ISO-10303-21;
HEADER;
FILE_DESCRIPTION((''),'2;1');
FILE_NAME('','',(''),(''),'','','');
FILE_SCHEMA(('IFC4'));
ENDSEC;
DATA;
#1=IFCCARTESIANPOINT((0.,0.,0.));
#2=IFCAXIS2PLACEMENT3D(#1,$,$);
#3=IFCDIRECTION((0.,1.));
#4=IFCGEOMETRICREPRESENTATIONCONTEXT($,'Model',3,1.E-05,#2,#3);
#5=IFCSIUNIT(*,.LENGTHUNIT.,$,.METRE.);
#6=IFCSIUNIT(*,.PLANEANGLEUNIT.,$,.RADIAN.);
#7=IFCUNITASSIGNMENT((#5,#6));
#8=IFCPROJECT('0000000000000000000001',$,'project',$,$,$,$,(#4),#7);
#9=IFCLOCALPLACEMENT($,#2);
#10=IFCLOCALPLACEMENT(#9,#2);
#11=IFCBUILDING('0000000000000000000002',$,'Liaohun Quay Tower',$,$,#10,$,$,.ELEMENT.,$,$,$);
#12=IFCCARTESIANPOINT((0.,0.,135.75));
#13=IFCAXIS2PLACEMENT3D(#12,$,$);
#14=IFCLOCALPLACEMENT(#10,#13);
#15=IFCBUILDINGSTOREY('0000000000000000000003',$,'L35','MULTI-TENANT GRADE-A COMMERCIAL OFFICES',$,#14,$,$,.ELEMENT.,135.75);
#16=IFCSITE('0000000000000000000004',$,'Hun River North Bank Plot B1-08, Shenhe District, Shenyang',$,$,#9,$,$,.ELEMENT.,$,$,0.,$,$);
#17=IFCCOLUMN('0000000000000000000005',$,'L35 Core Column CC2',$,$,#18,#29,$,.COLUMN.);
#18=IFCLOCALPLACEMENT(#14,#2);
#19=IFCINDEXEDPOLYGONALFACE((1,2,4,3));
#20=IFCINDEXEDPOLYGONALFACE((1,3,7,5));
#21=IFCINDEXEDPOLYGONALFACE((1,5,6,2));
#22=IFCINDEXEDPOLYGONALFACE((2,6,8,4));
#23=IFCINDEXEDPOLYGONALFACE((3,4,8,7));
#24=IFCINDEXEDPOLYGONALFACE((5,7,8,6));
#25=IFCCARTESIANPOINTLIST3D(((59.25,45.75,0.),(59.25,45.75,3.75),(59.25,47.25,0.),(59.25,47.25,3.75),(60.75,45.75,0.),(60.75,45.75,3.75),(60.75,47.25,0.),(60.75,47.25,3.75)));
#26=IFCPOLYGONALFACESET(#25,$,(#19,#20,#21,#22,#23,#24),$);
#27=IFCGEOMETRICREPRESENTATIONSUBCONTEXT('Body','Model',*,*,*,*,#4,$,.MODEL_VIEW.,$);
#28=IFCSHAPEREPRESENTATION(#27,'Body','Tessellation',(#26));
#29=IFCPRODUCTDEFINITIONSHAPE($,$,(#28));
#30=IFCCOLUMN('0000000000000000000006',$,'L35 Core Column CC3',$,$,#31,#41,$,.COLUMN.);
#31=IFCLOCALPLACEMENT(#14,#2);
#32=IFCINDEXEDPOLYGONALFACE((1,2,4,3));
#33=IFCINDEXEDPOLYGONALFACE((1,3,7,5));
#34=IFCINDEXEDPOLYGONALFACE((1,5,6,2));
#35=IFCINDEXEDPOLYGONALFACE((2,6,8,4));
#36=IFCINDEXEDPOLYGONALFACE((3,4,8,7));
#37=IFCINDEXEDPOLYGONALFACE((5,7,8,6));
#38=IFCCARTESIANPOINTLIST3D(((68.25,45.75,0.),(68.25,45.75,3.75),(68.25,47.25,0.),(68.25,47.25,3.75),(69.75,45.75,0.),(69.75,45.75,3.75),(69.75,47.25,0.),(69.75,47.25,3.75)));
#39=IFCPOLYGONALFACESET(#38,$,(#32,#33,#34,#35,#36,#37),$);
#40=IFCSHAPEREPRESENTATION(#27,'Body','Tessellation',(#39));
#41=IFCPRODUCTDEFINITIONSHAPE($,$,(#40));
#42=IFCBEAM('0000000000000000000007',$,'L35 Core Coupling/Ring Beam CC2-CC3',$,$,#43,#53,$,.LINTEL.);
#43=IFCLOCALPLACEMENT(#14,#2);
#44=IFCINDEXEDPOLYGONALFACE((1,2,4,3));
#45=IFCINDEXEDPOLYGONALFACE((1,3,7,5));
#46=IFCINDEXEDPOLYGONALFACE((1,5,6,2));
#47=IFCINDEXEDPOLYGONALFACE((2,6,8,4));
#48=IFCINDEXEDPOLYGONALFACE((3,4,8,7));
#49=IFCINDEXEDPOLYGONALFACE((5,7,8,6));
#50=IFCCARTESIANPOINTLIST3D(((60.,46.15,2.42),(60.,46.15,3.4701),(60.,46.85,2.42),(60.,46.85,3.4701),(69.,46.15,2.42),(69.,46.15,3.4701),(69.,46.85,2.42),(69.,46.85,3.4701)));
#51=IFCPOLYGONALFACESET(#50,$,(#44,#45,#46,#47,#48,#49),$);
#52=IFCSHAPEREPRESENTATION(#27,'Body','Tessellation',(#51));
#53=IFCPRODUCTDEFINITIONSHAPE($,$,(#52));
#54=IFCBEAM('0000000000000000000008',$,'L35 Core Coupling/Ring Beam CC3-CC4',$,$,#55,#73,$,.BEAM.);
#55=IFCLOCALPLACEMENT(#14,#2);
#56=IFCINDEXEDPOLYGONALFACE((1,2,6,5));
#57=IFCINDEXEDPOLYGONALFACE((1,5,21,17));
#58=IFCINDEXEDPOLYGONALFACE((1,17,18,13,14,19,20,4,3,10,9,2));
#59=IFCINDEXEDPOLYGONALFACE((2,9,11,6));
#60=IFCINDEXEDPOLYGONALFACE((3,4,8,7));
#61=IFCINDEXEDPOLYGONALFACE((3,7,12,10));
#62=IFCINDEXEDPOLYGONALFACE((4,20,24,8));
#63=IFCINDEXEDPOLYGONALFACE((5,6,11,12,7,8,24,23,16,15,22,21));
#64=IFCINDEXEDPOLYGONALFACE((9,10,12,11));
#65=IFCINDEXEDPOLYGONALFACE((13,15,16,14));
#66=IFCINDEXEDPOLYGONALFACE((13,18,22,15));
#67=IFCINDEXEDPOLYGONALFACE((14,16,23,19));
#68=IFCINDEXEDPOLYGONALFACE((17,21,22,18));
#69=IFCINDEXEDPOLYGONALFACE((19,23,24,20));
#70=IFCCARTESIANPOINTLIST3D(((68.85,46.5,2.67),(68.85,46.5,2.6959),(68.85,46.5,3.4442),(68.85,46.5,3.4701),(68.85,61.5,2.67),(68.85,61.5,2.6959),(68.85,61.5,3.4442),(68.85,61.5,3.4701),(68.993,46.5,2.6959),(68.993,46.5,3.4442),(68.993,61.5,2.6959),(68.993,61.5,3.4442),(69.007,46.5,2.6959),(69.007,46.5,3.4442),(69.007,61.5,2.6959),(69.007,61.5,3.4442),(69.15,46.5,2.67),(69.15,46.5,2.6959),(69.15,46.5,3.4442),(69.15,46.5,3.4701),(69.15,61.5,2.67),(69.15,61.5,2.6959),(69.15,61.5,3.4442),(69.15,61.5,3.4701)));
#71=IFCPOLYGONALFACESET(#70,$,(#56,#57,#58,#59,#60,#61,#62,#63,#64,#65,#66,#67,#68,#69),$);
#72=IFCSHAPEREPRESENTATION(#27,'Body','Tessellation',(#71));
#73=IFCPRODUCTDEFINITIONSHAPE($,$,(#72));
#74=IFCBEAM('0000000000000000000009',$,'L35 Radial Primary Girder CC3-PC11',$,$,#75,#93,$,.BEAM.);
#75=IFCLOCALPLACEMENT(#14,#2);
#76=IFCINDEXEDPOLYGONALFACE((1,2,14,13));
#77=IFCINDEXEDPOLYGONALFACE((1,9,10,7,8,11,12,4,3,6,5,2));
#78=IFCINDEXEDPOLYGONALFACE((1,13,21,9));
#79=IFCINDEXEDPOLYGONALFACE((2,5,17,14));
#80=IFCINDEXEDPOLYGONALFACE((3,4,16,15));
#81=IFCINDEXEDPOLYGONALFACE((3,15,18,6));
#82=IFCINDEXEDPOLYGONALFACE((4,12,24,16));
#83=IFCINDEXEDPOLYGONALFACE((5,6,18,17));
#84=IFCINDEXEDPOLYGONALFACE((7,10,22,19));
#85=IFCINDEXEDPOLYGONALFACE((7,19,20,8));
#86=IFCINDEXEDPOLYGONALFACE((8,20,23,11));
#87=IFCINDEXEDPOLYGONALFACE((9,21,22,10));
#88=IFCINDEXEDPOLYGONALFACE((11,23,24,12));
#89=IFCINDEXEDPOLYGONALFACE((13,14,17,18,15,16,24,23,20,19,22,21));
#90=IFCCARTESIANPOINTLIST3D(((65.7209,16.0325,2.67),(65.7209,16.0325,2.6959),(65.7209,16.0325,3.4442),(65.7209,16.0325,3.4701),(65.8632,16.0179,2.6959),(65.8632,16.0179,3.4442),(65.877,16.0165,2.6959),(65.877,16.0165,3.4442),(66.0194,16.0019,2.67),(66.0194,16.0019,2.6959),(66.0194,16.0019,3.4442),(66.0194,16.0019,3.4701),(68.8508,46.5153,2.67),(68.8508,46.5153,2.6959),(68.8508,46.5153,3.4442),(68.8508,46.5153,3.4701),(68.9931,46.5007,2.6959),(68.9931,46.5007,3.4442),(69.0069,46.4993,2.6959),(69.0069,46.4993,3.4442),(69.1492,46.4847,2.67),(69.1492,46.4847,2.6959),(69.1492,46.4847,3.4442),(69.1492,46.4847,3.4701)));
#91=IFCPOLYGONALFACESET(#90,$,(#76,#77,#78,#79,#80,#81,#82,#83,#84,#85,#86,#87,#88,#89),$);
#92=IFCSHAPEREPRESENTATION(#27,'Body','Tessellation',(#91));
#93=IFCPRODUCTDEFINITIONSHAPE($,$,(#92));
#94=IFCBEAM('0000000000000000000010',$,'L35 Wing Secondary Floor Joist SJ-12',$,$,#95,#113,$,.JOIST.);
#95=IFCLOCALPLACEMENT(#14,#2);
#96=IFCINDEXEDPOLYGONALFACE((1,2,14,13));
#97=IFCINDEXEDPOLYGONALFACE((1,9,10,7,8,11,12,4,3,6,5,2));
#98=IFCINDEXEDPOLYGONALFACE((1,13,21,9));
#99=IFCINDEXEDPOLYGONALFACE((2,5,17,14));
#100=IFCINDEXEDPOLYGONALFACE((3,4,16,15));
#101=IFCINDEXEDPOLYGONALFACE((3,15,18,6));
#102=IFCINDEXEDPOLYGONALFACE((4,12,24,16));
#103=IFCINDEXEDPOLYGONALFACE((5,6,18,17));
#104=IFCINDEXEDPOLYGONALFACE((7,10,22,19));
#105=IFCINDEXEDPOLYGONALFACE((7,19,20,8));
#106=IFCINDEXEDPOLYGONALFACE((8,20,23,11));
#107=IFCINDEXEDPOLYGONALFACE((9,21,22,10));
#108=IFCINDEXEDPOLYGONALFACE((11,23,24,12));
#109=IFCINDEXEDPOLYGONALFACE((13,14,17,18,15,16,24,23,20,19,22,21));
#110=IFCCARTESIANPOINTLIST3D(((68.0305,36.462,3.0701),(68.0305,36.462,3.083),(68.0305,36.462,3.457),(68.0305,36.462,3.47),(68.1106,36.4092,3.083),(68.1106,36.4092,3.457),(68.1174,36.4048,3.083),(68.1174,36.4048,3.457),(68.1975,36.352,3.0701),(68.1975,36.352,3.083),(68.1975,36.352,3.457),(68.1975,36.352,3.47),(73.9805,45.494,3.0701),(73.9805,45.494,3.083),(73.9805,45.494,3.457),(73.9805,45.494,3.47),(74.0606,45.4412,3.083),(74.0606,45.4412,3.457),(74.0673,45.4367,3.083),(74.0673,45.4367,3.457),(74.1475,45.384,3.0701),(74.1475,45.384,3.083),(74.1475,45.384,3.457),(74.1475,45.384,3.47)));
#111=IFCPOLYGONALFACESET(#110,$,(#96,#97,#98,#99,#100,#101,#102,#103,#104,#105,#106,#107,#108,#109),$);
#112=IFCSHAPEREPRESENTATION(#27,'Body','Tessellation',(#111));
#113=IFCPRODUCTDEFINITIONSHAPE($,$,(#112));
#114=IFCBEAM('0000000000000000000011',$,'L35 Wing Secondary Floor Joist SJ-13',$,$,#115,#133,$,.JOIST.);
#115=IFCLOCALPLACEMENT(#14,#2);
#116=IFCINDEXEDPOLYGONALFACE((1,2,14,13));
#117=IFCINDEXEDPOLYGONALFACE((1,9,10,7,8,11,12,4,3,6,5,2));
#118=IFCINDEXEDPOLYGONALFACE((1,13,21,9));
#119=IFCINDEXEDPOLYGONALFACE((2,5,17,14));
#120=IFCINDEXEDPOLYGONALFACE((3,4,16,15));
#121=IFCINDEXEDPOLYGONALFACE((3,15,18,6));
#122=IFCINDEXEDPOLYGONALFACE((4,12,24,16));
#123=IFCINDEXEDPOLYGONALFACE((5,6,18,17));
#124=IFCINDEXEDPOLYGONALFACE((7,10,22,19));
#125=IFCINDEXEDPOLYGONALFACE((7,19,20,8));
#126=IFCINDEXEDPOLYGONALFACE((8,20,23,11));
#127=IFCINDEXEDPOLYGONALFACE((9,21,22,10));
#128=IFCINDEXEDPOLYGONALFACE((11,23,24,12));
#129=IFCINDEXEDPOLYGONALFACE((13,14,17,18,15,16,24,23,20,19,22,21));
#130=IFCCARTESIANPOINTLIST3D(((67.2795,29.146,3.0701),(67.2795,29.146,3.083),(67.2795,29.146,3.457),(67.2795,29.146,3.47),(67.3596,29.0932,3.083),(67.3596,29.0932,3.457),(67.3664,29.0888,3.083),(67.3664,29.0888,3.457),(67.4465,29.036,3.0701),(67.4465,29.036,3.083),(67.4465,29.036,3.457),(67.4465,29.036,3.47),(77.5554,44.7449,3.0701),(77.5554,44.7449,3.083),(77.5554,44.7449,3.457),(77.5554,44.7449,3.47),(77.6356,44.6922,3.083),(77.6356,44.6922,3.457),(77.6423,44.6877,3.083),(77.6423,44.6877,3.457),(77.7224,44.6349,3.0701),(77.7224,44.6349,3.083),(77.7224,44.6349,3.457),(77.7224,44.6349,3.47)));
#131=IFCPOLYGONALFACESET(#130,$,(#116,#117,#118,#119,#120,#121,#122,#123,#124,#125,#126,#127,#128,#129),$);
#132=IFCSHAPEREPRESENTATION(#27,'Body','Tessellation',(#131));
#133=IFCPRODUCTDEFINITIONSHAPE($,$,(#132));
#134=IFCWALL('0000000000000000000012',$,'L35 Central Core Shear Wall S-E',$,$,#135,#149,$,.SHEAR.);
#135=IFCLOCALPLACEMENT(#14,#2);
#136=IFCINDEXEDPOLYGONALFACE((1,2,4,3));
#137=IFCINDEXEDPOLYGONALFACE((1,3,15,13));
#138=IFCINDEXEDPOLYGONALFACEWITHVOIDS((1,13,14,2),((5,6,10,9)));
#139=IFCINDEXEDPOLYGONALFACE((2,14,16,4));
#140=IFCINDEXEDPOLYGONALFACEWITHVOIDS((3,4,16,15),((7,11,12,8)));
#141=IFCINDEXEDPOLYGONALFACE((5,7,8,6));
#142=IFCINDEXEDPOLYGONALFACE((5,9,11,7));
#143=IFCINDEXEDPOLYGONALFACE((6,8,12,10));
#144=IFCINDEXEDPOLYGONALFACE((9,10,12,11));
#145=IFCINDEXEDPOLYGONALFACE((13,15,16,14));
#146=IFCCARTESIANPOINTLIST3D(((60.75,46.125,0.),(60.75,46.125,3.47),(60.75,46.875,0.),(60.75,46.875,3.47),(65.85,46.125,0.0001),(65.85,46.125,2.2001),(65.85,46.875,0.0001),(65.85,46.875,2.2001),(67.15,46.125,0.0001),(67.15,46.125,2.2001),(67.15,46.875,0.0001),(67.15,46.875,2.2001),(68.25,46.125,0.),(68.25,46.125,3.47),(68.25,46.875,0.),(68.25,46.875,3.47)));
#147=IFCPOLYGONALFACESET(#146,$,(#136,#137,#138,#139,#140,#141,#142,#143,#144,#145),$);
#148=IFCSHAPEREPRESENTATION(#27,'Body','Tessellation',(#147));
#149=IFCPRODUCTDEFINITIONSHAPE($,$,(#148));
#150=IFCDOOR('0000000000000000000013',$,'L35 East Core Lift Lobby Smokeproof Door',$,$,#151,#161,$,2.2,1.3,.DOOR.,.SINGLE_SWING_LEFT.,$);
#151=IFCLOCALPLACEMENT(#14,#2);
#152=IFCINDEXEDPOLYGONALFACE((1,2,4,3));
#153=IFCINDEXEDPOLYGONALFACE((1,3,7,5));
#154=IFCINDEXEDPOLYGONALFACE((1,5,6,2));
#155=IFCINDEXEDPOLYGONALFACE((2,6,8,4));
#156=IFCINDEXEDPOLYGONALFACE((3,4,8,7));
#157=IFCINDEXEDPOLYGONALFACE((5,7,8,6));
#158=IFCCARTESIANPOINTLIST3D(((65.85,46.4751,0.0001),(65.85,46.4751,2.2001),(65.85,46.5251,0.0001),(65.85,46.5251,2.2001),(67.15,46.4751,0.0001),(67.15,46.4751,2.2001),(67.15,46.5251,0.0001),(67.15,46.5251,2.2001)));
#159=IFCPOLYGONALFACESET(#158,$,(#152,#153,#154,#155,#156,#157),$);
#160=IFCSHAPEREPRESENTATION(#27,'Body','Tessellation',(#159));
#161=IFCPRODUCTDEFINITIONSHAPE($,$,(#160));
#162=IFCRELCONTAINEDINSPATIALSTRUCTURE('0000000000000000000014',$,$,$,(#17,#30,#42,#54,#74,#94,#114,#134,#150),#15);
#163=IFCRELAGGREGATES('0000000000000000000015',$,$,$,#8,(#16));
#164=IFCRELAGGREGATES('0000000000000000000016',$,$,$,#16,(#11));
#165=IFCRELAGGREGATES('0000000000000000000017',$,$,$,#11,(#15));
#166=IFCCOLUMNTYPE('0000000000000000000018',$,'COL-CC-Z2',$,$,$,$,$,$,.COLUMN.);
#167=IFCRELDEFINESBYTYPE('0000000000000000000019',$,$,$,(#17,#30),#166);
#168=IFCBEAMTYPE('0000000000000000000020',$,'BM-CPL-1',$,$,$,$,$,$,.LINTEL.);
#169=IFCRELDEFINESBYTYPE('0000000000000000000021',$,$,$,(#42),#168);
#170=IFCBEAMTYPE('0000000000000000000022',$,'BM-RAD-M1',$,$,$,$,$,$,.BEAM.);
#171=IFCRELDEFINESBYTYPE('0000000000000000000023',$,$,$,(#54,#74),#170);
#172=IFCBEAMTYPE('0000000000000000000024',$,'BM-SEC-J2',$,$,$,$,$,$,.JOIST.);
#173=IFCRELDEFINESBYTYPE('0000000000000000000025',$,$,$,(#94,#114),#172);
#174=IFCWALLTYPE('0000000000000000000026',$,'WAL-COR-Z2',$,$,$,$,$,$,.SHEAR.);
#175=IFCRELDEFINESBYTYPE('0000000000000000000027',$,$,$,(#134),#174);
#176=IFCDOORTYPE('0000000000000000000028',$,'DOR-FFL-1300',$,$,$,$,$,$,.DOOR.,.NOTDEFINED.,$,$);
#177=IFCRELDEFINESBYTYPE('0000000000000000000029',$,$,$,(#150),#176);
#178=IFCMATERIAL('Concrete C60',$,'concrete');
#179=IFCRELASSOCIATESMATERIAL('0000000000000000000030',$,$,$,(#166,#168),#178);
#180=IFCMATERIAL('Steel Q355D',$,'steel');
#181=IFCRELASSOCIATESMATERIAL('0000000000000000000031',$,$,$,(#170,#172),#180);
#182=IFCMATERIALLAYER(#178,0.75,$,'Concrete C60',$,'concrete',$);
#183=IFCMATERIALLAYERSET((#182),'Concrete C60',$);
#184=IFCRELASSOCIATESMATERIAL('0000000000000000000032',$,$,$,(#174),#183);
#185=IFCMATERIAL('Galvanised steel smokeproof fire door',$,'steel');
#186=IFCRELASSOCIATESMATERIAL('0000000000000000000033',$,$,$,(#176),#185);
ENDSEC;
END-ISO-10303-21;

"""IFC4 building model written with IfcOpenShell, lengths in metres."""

from ifc_helpers import new_model, si_unit, direction, frame, frame_2d, origin, origin_2d, place, context, subcontext, project, spatial, rectangle, i_section, extrude, source, transform, mapped, material, layer, layer_set, material_profile, profile_set, type_object, element, fill, save


model = new_model("IFC4")

# Units and contexts
model_context = context("Model", 3, precision=1e-05, world=origin(), true_north=direction((0.0, 1.0)))
body_context = subcontext(model_context, "Body", "Model", "MODEL_VIEW")
ifc_project = project(units=[si_unit("LENGTHUNIT", "METRE"), si_unit("PLANEANGLEUNIT", "RADIAN")], contexts=[model_context])

# Site, building, storey
site_placement = place(None, origin())
site = spatial("IfcSite", under=ifc_project, at=site_placement, Name="Hun River North Bank Plot B1-08, Shenhe District, Shenyang", CompositionType="ELEMENT", RefElevation=0.0)
building_placement = place(site_placement, origin())
building = spatial("IfcBuilding", under=site, at=building_placement, Name="Liaohun Quay Tower", CompositionType="ELEMENT")
storey_placement = place(building_placement, frame((0.0, 0.0, 135.75)))
storey = spatial("IfcBuildingStorey", under=building, at=storey_placement, Name="L35", Description="MULTI-TENANT GRADE-A COMMERCIAL OFFICES", CompositionType="ELEMENT", Elevation=135.75)

# Columns
ifc_material_1 = material(Name="Concrete C60", Category="concrete")
ifc_material_profile_1 = material_profile(ifc_material_1, rectangle(XDim=1.5, YDim=1.5, at=origin_2d()), Name="RC1500x1500")
ifc_profile_set_1 = profile_set([ifc_material_profile_1], Name="Concrete C60")
column_type = type_object("IfcColumnType", Name="COL-CC-Z2", PredefinedType="COLUMN", material=ifc_profile_set_1)
shared_shape_1 = source(origin(), body_context, "Body", "SweptSolid", [
    extrude(rectangle(XDim=1.5, YDim=1.5, at=origin_2d()), origin(), (0.0, 0.0, 1.0), 3.75),
])
for number, where, z_axis, x_axis, name in (
    (1, (60.0, 46.5, 0.0), (0.0, 0.0, 1.0), (1.0, 0.0, 0.0), "L35 Core Column CC2"),
    (2, (69.0, 46.5, 0.0), (0.0, 0.0, 1.0), (1.0, 0.0, 0.0), "L35 Core Column CC3"),
):
    element("IfcColumn", number, at=place(storey_placement, frame(where, z_axis=z_axis, x_axis=x_axis)), inside=storey, type_object=column_type, Name=name, PredefinedType="COLUMN", context=body_context, shape_type="MappedRepresentation", body=[
        mapped(shared_shape_1, transform((0.0, 0.0, 0.0), x_axis=(1.0, 0.0, 0.0), y_axis=(0.0, 1.0, 0.0), z_axis=(0.0, 0.0, 1.0), scale=1.0)),
    ])

# Beams
ifc_material_profile_2 = material_profile(ifc_material_1, rectangle(XDim=0.7, YDim=1.05, at=origin_2d()), Name="RC700x1050")
ifc_profile_set_2 = profile_set([ifc_material_profile_2], Name="Concrete C60")
beam_type_1 = type_object("IfcBeamType", Name="BM-CPL-1", PredefinedType="LINTEL", material=ifc_profile_set_2)
shared_shape_2 = source(origin(), body_context, "Body", "SweptSolid", [
    extrude(rectangle(XDim=0.7, YDim=1.05, at=origin_2d()), origin(), (0.0, 0.0, 1.0), 9.0),
])
beam_1_placement = place(storey_placement, frame((60.0, 46.5, 2.9451), z_axis=(1.0, 0.0, 0.0), x_axis=(0.0, 1.0, 0.0)))
element("IfcBeam", 3, at=beam_1_placement, inside=storey, type_object=beam_type_1, Name="L35 Core Coupling/Ring Beam CC2-CC3", PredefinedType="LINTEL", context=body_context, shape_type="MappedRepresentation", body=[
    mapped(shared_shape_2, transform((0.0, 0.0, 0.0), x_axis=(1.0, 0.0, 0.0), y_axis=(0.0, 1.0, 0.0), z_axis=(0.0, 0.0, 1.0), scale=1.0)),
])
ifc_material_2 = material(Name="Steel Q355D", Category="steel")
ifc_material_profile_3 = material_profile(ifc_material_2, i_section(OverallWidth=0.3, OverallDepth=0.8, WebThickness=0.0139, FlangeThickness=0.0259, at=origin_2d()), Name="HN800x300x14x26")
ifc_profile_set_3 = profile_set([ifc_material_profile_3], Name="Steel Q355D")
beam_type_2 = type_object("IfcBeamType", Name="BM-RAD-M1", PredefinedType="BEAM", material=ifc_profile_set_3)
shared_shape_3 = source(origin(), body_context, "Body", "SweptSolid", [
    extrude(i_section(OverallWidth=0.3, OverallDepth=0.8, WebThickness=0.0139, FlangeThickness=0.0259, at=origin_2d()), origin(), (0.0, 0.0, 1.0), 15.0),
])
beam_2_placement = place(storey_placement, frame((69.0, 46.5, 3.0701), z_axis=(0.0, 1.0, 0.0), x_axis=(-1.0, 0.0, 0.0)))
element("IfcBeam", 4, at=beam_2_placement, inside=storey, type_object=beam_type_2, Name="L35 Core Coupling/Ring Beam CC3-CC4", PredefinedType="BEAM", context=body_context, shape_type="MappedRepresentation", body=[
    mapped(shared_shape_3, transform((0.0, 0.0, 0.0), x_axis=(1.0, 0.0, 0.0), y_axis=(0.0, 1.0, 0.0), z_axis=(0.0, 0.0, 1.0), scale=1.0)),
])
shared_shape_4 = source(origin(), body_context, "Body", "SweptSolid", [
    extrude(i_section(OverallWidth=0.3, OverallDepth=0.8, WebThickness=0.0139, FlangeThickness=0.0259, at=origin_2d()), origin(), (0.0, 0.0, 1.0), 30.6431),
])
beam_3_placement = place(storey_placement, frame((69.0, 46.5, 3.0701), z_axis=(-0.10214, -0.99477, 0.0), x_axis=(0.99477, -0.10214, 0.0)))
element("IfcBeam", 5, at=beam_3_placement, inside=storey, type_object=beam_type_2, Name="L35 Radial Primary Girder CC3-PC11", PredefinedType="BEAM", context=body_context, shape_type="MappedRepresentation", body=[
    mapped(shared_shape_4, transform((0.0, 0.0, 0.0), x_axis=(1.0, 0.0, 0.0), y_axis=(0.0, 1.0, 0.0), z_axis=(0.0, 0.0, 1.0), scale=1.0)),
])
ifc_material_profile_4 = material_profile(ifc_material_2, i_section(OverallWidth=0.2, OverallDepth=0.3999, WebThickness=0.0081, FlangeThickness=0.0129, at=origin_2d()), Name="HN400x200x8x13")
ifc_profile_set_4 = profile_set([ifc_material_profile_4], Name="Steel Q355D")
beam_type_3 = type_object("IfcBeamType", Name="BM-SEC-J2", PredefinedType="JOIST", material=ifc_profile_set_4)
shared_shape_5 = source(origin(), body_context, "Body", "SweptSolid", [
    extrude(i_section(OverallWidth=0.2, OverallDepth=0.3999, WebThickness=0.0081, FlangeThickness=0.0129, at=origin_2d()), origin(), (0.0, 0.0, 1.0), 10.8157),
])
beam_4_placement = place(storey_placement, frame((74.064, 45.439, 3.27), z_axis=(-0.550123, -0.835083, 0.0), x_axis=(0.835083, -0.550123, 0.0)))
element("IfcBeam", 6, at=beam_4_placement, inside=storey, type_object=beam_type_3, Name="L35 Wing Secondary Floor Joist SJ-12", PredefinedType="JOIST", context=body_context, shape_type="MappedRepresentation", body=[
    mapped(shared_shape_5, transform((0.0, 0.0, 0.0), x_axis=(1.0, 0.0, 0.0), y_axis=(0.0, 1.0, 0.0), z_axis=(0.0, 0.0, 1.0), scale=1.0)),
])
shared_shape_6 = source(origin(), body_context, "Body", "SweptSolid", [
    extrude(i_section(OverallWidth=0.2, OverallDepth=0.3999, WebThickness=0.0081, FlangeThickness=0.0129, at=origin_2d()), origin(), (0.0, 0.0, 1.0), 18.6794),
])
beam_5_placement = place(storey_placement, frame((77.6389, 44.6899, 3.27), z_axis=(-0.550119, -0.835086, 0.0), x_axis=(0.835086, -0.550119, 0.0)))
element("IfcBeam", 7, at=beam_5_placement, inside=storey, type_object=beam_type_3, Name="L35 Wing Secondary Floor Joist SJ-13", PredefinedType="JOIST", context=body_context, shape_type="MappedRepresentation", body=[
    mapped(shared_shape_6, transform((0.0, 0.0, 0.0), x_axis=(1.0, 0.0, 0.0), y_axis=(0.0, 1.0, 0.0), z_axis=(0.0, 0.0, 1.0), scale=1.0)),
])

# Wall, opening, door
ifc_layer_1 = layer(ifc_material_1, 0.75, Name="Concrete C60", Category="concrete")
ifc_layer_set_1 = layer_set([ifc_layer_1], Name="Concrete C60")
wall_type_1 = type_object("IfcWallType", Name="WAL-COR-Z2", PredefinedType="SHEAR", material=ifc_layer_set_1)
wall_1_placement = place(storey_placement, frame((68.25, 46.5, 0.0), z_axis=(0.0, 0.0, 1.0), x_axis=(-1.0, 0.0, 0.0)))
wall_1 = element("IfcWall", 8, at=wall_1_placement, inside=storey, type_object=wall_type_1, Name="L35 Central Core Shear Wall S-E", PredefinedType="SHEAR", context=body_context, shape_type="SweptSolid", body=[
    extrude(rectangle(XDim=7.5, YDim=0.75, at=frame_2d((3.75, 0.0))), origin(), (0.0, 0.0, 1.0), 3.47),
])
shared_shape_7 = source(origin(), body_context, "Body", "SweptSolid", [
    extrude(rectangle(XDim=1.3, YDim=2.2, at=frame_2d((0.6499, 1.1001))), frame((0.0, 0.385, 0.0), z_axis=(0.0, -1.0, 0.0), x_axis=(1.0, 0.0, 0.0)), (0.0, 0.0, 1.0), 0.77),
])
opening_1_placement = place(wall_1_placement, frame((1.1001, 0.0, 0.0)))
opening_1 = element("IfcOpeningElement", 9, at=opening_1_placement, cuts=wall_1, PredefinedType="OPENING", context=body_context, shape_type="MappedRepresentation", body=[
    mapped(shared_shape_7, transform((0.0, 0.0, 0.0), x_axis=(1.0, 0.0, 0.0), y_axis=(0.0, 1.0, 0.0), z_axis=(0.0, 0.0, 1.0), scale=1.0)),
])
ifc_material_3 = material(Name="Galvanised steel smokeproof fire door", Category="steel")
door_type_1 = type_object("IfcDoorType", Name="DOR-FFL-1300", OperationType="NOTDEFINED", PredefinedType="DOOR", material=ifc_material_3)
shared_shape_8 = source(origin(), body_context, "Body", "SweptSolid", [
    extrude(rectangle(XDim=1.3, YDim=2.2, at=frame_2d((0.6499, 1.1001))), frame((0.0, 0.0249, 0.0), z_axis=(0.0, -1.0, 0.0), x_axis=(1.0, 0.0, 0.0)), (0.0, 0.0, 1.0), 0.05),
])
door_1_placement = place(opening_1_placement, origin())
door_1 = element("IfcDoor", 10, at=door_1_placement, inside=storey, type_object=door_type_1, Name="L35 East Core Lift Lobby Smokeproof Door", OperationType="SINGLE_SWING_LEFT", OverallHeight=2.2, OverallWidth=1.3, PredefinedType="DOOR", context=body_context, shape_type="MappedRepresentation", body=[
    mapped(shared_shape_8, transform((0.0, 0.0, 0.0), x_axis=(1.0, 0.0, 0.0), y_axis=(0.0, 1.0, 0.0), z_axis=(0.0, 0.0, 1.0), scale=1.0)),
])
fill(opening_1, door_1)

save(model, "model.ifc")
